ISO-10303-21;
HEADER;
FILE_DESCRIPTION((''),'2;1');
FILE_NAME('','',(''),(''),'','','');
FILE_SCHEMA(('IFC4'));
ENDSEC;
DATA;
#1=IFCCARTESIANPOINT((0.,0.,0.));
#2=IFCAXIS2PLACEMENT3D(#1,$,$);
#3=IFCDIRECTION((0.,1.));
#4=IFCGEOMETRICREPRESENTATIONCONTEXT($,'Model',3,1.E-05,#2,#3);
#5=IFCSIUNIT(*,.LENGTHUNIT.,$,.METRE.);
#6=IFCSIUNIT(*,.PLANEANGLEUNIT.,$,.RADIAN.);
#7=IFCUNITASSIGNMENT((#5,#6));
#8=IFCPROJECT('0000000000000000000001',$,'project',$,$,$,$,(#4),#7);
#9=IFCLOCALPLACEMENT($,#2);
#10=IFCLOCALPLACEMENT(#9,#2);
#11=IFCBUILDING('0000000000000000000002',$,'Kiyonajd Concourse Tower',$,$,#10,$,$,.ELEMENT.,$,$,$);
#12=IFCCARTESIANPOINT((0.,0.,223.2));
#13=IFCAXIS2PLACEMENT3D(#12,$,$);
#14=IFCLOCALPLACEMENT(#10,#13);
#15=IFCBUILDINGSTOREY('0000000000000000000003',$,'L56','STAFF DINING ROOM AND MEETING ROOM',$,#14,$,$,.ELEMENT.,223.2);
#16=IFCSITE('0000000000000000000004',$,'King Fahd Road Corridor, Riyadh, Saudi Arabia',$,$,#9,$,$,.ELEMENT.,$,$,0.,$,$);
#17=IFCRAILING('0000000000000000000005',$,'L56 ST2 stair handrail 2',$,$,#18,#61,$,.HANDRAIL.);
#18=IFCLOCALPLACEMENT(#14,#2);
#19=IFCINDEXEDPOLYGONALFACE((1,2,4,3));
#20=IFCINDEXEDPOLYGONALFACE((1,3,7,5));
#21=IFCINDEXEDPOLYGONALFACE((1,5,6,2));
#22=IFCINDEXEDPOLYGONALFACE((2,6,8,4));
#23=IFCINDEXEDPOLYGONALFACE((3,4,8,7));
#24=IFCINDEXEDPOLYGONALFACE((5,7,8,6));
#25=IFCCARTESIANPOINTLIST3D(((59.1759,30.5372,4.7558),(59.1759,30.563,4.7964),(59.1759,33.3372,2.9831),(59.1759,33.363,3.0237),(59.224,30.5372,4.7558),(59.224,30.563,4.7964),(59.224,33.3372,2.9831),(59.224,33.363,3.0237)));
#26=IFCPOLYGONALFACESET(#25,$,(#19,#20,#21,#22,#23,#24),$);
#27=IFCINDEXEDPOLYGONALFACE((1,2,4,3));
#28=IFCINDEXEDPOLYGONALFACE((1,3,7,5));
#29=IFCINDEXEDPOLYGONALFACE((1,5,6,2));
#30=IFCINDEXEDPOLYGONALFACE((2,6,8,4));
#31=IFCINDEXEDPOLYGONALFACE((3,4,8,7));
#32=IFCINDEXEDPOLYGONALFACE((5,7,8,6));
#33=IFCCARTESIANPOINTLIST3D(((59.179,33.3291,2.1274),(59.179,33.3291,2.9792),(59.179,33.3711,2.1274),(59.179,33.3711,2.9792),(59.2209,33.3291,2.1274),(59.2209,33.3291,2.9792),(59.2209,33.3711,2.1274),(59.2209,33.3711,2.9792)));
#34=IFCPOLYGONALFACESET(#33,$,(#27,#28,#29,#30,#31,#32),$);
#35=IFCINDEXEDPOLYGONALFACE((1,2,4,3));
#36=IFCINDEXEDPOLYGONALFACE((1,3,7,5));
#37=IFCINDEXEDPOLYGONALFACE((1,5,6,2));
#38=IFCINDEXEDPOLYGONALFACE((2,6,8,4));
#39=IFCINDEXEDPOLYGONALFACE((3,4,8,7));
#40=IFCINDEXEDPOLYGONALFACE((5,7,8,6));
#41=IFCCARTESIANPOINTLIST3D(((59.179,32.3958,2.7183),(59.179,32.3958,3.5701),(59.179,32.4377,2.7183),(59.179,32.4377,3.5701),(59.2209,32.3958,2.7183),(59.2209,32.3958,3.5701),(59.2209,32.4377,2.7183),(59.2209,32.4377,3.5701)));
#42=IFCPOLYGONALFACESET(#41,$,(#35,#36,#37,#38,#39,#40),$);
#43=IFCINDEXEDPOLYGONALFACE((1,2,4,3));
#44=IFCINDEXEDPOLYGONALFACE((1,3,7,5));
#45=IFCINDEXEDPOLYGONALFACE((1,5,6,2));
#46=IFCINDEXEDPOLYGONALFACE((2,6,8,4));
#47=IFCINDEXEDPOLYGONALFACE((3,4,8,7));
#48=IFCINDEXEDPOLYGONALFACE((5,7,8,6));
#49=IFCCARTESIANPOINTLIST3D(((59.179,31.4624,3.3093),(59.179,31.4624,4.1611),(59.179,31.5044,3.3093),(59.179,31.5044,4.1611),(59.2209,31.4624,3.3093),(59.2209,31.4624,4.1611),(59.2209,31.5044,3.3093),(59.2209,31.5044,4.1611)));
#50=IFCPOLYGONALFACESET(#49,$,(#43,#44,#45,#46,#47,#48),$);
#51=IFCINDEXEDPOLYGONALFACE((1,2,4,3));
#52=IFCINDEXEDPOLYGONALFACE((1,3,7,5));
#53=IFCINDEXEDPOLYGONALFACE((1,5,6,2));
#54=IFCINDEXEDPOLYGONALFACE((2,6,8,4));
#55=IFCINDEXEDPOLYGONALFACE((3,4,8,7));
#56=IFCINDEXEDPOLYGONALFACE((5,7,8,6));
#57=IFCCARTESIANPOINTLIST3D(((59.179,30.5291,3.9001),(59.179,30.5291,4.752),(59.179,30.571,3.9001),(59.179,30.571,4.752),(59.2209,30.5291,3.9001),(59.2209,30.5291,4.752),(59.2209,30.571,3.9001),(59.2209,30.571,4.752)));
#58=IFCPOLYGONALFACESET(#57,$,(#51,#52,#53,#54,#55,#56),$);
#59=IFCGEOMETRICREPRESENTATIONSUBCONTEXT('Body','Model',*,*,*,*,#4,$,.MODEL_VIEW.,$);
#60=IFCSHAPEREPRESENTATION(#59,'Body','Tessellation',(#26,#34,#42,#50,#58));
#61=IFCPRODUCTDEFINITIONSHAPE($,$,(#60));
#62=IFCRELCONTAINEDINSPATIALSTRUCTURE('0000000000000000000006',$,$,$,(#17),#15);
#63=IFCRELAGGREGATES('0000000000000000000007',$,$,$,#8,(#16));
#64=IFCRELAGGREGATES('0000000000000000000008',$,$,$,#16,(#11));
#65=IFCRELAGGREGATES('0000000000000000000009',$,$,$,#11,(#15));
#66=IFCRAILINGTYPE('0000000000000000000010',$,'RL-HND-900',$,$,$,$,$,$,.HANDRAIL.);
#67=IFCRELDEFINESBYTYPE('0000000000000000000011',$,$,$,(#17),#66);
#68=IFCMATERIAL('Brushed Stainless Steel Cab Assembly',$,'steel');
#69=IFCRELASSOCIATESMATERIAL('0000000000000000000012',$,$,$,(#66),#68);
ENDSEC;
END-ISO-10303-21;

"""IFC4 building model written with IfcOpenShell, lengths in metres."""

from ifc_helpers import new_model, si_unit, direction, frame, origin, origin_2d, place, context, subcontext, project, spatial, rectangle, extrude, material, type_object, element, save


model = new_model("IFC4")

# Units and contexts
model_context = context("Model", 3, precision=1e-05, world=origin(), true_north=direction((0.0, 1.0)))
body_context = subcontext(model_context, "Body", "Model", "MODEL_VIEW")
ifc_project = project(units=[si_unit("LENGTHUNIT", "METRE"), si_unit("PLANEANGLEUNIT", "RADIAN")], contexts=[model_context])

# Site, building, storey
site_placement = place(None, origin())
site = spatial("IfcSite", under=ifc_project, at=site_placement, Name="King Fahd Road Corridor, Riyadh, Saudi Arabia", CompositionType="ELEMENT", RefElevation=0.0)
building_placement = place(site_placement, origin())
building = spatial("IfcBuilding", under=site, at=building_placement, Name="Kiyonajd Concourse Tower", CompositionType="ELEMENT")
storey_placement = place(building_placement, frame((0.0, 0.0, 223.2)))
storey = spatial("IfcBuildingStorey", under=building, at=storey_placement, Name="L56", Description="STAFF DINING ROOM AND MEETING ROOM", CompositionType="ELEMENT", Elevation=223.2)

# Shared definitions
ifc_material_1 = material(Name="Brushed Stainless Steel Cab Assembly", Category="steel")

# Railing
railing_type_1 = type_object("IfcRailingType", Name="RL-HND-900", PredefinedType="HANDRAIL", material=ifc_material_1)
railing_1_placement = place(storey_placement, frame((59.2, 33.3501, 2.1274)))
element("IfcRailing", 1, at=railing_1_placement, inside=storey, type_object=railing_type_1, Name="L56 ST2 stair handrail 2", PredefinedType="HANDRAIL", context=body_context, shape_type="SweptSolid", body=[
    extrude(rectangle(XDim=0.0481, YDim=0.0481, at=origin_2d()), frame((0.0, 0.0, 0.876), z_axis=(0.0, -0.844909, 0.53491), x_axis=(1.0, 0.0, 0.0)), (0.0, 0.0, 1.0), 3.314),
    extrude(rectangle(XDim=0.042, YDim=0.042, at=origin_2d()), origin(), (0.0, 0.0, 1.0), 0.8518),
    extrude(rectangle(XDim=0.042, YDim=0.042, at=origin_2d()), frame((0.0, -0.9333, 0.5908)), (0.0, 0.0, 1.0), 0.8518),
    extrude(rectangle(XDim=0.042, YDim=0.042, at=origin_2d()), frame((0.0, -1.8667, 1.1819)), (0.0, 0.0, 1.0), 0.8518),
    extrude(rectangle(XDim=0.042, YDim=0.042, at=origin_2d()), frame((0.0, -2.8, 1.7727)), (0.0, 0.0, 1.0), 0.8518),
])

save(model, "model.ifc")
